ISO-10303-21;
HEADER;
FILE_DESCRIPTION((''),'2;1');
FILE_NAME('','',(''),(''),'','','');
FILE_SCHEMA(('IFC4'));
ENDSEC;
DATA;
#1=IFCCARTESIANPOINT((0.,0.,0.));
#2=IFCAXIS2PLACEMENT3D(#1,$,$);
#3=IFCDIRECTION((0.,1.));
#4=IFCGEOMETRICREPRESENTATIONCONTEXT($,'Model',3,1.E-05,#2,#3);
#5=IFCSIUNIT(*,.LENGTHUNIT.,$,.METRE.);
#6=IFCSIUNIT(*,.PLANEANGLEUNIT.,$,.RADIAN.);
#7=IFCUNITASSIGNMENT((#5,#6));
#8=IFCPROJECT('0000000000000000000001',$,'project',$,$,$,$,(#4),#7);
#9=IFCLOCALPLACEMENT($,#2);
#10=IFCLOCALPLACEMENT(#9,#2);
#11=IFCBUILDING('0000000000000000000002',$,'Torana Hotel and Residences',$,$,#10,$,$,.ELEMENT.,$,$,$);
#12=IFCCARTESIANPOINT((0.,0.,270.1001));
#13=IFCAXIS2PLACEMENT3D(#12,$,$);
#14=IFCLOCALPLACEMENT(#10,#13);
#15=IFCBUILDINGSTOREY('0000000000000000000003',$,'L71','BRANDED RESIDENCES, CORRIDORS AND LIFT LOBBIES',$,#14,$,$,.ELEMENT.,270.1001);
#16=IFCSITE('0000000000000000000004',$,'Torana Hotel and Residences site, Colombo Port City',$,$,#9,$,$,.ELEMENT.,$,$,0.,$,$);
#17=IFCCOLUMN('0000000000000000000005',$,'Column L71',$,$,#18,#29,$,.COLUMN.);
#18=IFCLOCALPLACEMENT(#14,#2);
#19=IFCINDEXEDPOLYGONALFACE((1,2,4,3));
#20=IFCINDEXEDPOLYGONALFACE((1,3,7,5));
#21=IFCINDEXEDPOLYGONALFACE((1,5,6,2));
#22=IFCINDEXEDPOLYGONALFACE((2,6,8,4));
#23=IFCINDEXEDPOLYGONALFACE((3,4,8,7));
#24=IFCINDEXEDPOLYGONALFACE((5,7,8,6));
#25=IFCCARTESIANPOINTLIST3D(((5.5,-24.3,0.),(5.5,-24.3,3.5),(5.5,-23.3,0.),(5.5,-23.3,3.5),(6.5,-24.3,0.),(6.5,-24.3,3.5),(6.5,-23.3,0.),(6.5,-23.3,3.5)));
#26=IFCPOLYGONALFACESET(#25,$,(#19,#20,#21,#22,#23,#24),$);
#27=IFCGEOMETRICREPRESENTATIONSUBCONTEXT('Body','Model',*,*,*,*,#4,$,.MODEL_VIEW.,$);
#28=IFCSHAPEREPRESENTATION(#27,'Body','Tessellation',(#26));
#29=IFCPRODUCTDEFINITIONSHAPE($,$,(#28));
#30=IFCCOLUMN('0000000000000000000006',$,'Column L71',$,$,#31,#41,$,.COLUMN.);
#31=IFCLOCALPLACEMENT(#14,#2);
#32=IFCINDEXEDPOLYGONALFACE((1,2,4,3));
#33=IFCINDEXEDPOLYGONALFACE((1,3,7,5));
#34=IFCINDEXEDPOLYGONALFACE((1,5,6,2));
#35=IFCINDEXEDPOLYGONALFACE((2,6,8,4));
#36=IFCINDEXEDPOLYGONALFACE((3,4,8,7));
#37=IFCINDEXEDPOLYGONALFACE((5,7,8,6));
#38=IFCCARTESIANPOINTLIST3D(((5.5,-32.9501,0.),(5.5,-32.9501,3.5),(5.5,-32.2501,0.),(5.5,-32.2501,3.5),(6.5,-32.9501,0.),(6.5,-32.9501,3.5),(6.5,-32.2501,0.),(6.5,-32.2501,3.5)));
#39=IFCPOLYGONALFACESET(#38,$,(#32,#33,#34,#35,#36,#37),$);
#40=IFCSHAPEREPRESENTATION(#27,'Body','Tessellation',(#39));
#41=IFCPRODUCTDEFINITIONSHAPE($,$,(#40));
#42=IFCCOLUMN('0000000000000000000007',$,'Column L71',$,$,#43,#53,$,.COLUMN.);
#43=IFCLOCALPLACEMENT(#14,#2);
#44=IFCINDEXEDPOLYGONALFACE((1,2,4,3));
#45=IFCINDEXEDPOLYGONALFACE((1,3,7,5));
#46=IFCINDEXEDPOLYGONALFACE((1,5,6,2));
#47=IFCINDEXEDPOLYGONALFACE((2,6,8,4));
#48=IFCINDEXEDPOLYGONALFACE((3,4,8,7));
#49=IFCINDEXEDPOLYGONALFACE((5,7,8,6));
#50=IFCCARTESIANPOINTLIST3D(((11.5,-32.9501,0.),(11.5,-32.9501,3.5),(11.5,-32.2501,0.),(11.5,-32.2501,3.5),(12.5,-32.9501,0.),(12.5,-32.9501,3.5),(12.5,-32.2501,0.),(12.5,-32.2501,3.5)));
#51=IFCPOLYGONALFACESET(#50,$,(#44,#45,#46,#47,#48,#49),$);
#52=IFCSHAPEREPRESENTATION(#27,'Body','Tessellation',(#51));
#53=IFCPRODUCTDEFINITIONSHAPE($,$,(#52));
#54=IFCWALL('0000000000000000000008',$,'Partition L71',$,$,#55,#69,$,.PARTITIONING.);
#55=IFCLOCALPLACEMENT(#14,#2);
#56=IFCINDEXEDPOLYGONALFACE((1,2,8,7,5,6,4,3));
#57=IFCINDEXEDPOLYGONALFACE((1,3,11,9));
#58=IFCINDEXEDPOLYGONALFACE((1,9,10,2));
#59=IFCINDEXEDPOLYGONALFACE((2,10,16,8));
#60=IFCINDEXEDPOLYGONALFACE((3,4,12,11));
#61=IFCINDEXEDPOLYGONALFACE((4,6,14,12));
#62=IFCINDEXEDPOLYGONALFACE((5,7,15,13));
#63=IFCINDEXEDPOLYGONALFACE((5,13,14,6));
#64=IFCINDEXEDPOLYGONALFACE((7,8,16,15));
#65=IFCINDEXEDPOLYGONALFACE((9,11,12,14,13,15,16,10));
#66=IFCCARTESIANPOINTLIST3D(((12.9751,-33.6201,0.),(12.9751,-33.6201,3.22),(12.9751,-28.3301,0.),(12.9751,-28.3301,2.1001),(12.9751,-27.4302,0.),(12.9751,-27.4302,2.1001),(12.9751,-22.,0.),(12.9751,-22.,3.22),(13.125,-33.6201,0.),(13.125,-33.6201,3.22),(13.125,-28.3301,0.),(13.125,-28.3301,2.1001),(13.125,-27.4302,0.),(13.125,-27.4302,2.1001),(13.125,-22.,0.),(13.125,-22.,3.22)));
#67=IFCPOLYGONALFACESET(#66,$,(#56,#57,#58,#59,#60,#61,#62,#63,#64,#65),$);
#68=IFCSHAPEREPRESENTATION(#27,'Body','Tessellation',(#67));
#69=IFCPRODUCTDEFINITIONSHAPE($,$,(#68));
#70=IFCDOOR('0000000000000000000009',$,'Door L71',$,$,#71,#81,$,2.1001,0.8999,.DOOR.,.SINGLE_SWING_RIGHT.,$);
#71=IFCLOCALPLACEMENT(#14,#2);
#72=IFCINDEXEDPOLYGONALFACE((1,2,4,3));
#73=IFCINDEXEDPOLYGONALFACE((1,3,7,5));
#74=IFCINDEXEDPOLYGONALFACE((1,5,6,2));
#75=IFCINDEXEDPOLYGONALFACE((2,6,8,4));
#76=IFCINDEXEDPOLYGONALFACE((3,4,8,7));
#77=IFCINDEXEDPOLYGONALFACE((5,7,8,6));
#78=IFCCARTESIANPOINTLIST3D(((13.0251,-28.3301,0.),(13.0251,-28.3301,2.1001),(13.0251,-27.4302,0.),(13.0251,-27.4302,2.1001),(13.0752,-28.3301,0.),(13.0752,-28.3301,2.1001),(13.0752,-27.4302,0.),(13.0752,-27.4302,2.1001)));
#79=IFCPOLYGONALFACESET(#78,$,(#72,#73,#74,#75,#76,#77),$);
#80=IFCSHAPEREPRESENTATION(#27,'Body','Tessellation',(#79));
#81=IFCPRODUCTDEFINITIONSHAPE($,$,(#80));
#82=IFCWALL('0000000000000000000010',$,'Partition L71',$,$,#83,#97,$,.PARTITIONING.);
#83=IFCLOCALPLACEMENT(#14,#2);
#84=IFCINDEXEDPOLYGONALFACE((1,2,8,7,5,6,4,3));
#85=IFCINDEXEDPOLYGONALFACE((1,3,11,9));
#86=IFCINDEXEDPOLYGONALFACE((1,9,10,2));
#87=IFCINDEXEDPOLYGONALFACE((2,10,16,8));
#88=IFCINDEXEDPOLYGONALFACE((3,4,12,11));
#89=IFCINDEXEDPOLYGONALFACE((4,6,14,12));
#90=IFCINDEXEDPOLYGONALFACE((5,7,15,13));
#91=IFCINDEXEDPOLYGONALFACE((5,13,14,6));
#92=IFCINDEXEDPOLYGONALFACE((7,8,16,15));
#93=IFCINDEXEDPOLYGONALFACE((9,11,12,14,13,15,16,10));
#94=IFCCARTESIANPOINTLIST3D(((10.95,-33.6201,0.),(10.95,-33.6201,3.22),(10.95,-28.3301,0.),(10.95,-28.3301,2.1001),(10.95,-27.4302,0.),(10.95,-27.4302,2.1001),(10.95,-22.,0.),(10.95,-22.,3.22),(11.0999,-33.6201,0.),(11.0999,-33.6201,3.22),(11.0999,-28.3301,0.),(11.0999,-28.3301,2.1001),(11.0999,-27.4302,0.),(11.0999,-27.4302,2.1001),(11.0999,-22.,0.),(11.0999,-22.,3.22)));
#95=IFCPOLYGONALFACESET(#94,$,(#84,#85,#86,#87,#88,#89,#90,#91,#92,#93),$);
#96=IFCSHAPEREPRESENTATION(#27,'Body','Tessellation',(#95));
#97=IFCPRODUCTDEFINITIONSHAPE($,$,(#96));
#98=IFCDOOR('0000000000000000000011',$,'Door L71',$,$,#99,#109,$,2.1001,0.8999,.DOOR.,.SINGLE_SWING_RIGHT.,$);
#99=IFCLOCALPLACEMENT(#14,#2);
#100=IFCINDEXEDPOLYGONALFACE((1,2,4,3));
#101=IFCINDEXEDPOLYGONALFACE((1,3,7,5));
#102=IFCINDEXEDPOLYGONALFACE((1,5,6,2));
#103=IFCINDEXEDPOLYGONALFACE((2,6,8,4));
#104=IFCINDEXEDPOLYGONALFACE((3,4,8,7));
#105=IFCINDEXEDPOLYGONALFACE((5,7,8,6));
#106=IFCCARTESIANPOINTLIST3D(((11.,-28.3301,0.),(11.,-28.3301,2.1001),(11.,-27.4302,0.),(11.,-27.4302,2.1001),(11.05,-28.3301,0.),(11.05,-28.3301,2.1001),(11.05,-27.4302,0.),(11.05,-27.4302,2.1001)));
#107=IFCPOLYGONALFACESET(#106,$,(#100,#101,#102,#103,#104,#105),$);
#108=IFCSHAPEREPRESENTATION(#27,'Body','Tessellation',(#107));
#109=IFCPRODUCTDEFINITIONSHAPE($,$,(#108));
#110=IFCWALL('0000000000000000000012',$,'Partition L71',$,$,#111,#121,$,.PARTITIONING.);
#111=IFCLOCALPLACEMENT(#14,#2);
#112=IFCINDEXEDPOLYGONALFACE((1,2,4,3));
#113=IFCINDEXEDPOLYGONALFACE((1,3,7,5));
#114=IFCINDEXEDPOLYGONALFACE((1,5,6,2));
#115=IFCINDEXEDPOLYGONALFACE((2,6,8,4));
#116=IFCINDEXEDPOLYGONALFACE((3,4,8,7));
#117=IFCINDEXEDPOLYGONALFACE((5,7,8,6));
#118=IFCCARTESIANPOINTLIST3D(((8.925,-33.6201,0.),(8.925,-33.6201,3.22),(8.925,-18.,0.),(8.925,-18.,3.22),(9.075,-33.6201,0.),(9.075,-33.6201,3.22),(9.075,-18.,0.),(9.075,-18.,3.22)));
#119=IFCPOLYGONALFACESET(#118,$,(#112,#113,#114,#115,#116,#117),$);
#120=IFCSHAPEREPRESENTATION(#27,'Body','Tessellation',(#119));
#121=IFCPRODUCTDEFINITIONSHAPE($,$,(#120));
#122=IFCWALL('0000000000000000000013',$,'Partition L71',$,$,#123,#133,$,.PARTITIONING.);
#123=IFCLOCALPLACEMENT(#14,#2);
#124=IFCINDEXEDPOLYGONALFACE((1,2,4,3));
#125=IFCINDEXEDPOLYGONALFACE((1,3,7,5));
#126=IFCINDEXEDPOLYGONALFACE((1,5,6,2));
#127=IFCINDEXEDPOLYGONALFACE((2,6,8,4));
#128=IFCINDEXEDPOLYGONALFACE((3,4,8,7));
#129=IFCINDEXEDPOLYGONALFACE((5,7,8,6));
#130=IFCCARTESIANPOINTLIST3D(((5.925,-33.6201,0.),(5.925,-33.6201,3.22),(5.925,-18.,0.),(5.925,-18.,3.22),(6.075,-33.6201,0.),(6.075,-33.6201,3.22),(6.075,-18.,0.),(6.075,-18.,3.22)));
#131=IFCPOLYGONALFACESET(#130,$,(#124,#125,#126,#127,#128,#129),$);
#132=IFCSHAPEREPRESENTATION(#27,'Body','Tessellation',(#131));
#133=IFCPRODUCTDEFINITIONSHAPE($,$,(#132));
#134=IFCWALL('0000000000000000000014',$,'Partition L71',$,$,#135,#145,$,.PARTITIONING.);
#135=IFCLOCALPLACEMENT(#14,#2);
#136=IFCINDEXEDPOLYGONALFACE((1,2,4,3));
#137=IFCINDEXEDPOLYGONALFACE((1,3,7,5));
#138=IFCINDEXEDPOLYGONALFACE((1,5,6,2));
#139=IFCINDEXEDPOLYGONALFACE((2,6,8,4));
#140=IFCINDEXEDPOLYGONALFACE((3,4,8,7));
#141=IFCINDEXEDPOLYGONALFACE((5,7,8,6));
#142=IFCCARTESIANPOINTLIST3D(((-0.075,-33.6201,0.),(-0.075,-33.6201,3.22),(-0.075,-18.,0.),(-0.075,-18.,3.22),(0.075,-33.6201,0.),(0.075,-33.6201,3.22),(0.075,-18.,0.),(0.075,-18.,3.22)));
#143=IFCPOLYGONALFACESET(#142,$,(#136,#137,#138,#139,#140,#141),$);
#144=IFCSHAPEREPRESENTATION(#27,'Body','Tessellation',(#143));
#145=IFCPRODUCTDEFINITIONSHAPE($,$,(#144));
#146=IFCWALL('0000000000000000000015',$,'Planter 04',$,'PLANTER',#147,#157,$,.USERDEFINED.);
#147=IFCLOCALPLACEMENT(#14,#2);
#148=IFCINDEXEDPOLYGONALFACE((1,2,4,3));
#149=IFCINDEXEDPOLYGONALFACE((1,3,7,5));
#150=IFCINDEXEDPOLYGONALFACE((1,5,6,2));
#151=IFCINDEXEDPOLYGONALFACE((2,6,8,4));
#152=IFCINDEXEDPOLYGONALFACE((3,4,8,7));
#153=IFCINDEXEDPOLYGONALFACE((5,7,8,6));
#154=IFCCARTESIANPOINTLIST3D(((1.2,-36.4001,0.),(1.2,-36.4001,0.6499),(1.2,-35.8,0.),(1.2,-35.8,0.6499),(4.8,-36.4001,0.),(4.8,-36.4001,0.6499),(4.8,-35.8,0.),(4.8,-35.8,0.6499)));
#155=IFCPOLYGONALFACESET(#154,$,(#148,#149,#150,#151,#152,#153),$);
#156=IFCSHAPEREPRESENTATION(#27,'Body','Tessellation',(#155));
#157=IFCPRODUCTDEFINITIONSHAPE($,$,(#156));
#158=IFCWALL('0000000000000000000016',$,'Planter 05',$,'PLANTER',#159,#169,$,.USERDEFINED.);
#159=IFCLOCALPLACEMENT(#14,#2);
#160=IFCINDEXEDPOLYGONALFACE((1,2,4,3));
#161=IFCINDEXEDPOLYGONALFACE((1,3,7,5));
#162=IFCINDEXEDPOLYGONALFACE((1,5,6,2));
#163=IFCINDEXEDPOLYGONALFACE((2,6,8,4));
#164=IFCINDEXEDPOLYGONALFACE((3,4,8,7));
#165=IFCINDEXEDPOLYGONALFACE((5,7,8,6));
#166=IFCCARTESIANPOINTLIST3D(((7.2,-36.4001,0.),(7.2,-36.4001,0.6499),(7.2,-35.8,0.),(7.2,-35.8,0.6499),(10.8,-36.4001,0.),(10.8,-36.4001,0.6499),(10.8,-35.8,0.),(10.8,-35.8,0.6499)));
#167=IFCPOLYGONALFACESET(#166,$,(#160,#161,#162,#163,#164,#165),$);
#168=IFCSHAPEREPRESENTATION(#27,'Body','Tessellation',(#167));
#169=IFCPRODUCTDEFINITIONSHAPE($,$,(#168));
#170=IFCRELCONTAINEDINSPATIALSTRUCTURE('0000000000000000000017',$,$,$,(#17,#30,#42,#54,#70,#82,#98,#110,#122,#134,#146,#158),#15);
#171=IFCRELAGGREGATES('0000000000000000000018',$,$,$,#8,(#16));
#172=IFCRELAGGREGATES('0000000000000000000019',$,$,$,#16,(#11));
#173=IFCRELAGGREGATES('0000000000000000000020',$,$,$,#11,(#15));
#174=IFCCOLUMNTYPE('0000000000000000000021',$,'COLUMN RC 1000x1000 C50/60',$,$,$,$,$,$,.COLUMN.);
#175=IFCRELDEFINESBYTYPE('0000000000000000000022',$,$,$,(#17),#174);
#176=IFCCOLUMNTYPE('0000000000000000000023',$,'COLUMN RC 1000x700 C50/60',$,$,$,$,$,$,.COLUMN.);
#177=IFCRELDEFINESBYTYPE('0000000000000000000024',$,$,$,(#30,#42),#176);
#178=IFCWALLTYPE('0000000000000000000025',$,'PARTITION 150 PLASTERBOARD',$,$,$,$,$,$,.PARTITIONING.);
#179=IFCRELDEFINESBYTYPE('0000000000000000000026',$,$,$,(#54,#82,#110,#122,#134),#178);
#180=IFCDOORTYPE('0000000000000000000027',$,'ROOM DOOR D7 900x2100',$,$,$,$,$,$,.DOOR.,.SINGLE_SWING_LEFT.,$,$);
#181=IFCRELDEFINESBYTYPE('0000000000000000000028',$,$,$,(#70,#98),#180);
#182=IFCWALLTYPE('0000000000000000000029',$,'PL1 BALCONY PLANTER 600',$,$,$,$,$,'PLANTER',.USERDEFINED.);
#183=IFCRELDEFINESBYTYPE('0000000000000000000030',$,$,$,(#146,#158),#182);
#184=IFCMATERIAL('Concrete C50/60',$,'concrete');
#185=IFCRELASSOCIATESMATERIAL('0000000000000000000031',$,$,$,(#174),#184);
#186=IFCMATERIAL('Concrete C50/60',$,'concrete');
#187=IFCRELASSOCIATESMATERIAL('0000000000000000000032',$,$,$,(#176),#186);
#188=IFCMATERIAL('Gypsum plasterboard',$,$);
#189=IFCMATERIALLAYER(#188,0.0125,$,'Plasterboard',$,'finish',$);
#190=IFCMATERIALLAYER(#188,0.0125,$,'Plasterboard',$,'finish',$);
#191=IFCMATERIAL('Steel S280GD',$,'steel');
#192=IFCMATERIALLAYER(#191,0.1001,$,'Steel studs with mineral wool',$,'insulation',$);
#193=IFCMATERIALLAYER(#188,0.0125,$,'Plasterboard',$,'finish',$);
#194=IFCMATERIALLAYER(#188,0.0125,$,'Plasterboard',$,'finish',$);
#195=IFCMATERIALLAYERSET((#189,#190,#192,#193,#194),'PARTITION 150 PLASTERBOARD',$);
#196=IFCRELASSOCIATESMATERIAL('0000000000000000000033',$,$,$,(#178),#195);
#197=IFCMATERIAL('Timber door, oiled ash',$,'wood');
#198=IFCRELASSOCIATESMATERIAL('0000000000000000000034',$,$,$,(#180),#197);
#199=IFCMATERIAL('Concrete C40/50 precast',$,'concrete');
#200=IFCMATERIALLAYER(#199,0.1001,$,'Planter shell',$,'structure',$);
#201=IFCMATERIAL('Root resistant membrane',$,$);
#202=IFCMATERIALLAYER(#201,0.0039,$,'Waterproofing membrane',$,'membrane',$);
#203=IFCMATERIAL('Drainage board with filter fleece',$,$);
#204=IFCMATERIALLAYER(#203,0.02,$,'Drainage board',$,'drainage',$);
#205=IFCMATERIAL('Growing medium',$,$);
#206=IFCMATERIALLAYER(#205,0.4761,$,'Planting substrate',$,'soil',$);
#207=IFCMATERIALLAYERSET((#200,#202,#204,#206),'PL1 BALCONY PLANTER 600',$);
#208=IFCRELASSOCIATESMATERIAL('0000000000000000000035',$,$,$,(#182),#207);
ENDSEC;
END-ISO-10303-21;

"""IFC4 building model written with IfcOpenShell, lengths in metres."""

from ifc_helpers import new_model, si_unit, direction, frame, frame_2d, origin, origin_2d, place, context, subcontext, project, spatial, rectangle, extrude, material, layer, layer_set, material_profile, profile_set, type_object, element, fill, save


model = new_model("IFC4")

# Units and contexts
model_context = context("Model", 3, precision=1e-05, world=origin(), true_north=direction((0.0, 1.0)))
body_context = subcontext(model_context, "Body", "Model", "MODEL_VIEW")
ifc_project = project(units=[si_unit("LENGTHUNIT", "METRE"), si_unit("PLANEANGLEUNIT", "RADIAN")], contexts=[model_context])

# Site, building, storey
site_placement = place(None, origin())
site = spatial("IfcSite", under=ifc_project, at=site_placement, Name="Torana Hotel and Residences site, Colombo Port City", CompositionType="ELEMENT", RefElevation=0.0)
building_placement = place(site_placement, origin())
building = spatial("IfcBuilding", under=site, at=building_placement, Name="Torana Hotel and Residences", CompositionType="ELEMENT")
storey_placement = place(building_placement, frame((0.0, 0.0, 270.1001)))
storey = spatial("IfcBuildingStorey", under=building, at=storey_placement, Name="L71", Description="BRANDED RESIDENCES, CORRIDORS AND LIFT LOBBIES", CompositionType="ELEMENT", Elevation=270.1001)

# Columns
ifc_material_1 = material(Name="Concrete C50/60", Category="concrete")
ifc_material_profile_1 = material_profile(ifc_material_1, rectangle(XDim=1.0, YDim=1.0, at=origin_2d()), Name="RC 1000x1000")
ifc_profile_set_1 = profile_set([ifc_material_profile_1], Name="Concrete C50/60")
column_type_1 = type_object("IfcColumnType", Name="COLUMN RC 1000x1000 C50/60", PredefinedType="COLUMN", material=ifc_profile_set_1)
column_placement = place(storey_placement, frame((6.0, -23.8, 0.0), z_axis=(0.0, 0.0, 1.0), x_axis=(1.0, 0.0, 0.0)))
element("IfcColumn", 1, at=column_placement, inside=storey, type_object=column_type_1, Name="Column L71", PredefinedType="COLUMN", context=body_context, shape_type="SweptSolid", body=[
    extrude(rectangle(XDim=1.0, YDim=1.0, at=origin_2d()), origin(), (0.0, 0.0, 1.0), 3.5),
])
ifc_material_2 = material(Name="Concrete C50/60", Category="concrete")
ifc_material_profile_2 = material_profile(ifc_material_2, rectangle(XDim=1.0, YDim=0.7, at=origin_2d()), Name="RC 1000x700")
ifc_profile_set_2 = profile_set([ifc_material_profile_2], Name="Concrete C50/60")
column_type_2 = type_object("IfcColumnType", Name="COLUMN RC 1000x700 C50/60", PredefinedType="COLUMN", material=ifc_profile_set_2)
for number, where, z_axis, x_axis, name in (
    (2, (6.0, -32.6001, 0.0), (0.0, 0.0, 1.0), (1.0, 0.0, 0.0), "Column L71"),
    (3, (12.0, -32.6001, 0.0), (0.0, 0.0, 1.0), (1.0, 0.0, 0.0), "Column L71"),
):
    element("IfcColumn", number, at=place(storey_placement, frame(where, z_axis=z_axis, x_axis=x_axis)), inside=storey, type_object=column_type_2, Name=name, PredefinedType="COLUMN", context=body_context, shape_type="SweptSolid", body=[
        extrude(rectangle(XDim=1.0, YDim=0.7, at=origin_2d()), origin(), (0.0, 0.0, 1.0), 3.5),
    ])

# Walls, openings, doors
ifc_material_3 = material(Name="Gypsum plasterboard")
ifc_layer_1 = layer(ifc_material_3, 0.0125, Name="Plasterboard", Category="finish")
ifc_layer_2 = layer(ifc_material_3, 0.0125, Name="Plasterboard", Category="finish")
ifc_material_4 = material(Name="Steel S280GD", Category="steel")
ifc_layer_3 = layer(ifc_material_4, 0.1001, Name="Steel studs with mineral wool", Category="insulation")
ifc_layer_4 = layer(ifc_material_3, 0.0125, Name="Plasterboard", Category="finish")
ifc_layer_5 = layer(ifc_material_3, 0.0125, Name="Plasterboard", Category="finish")
ifc_layer_set_1 = layer_set([ifc_layer_1, ifc_layer_2, ifc_layer_3, ifc_layer_4, ifc_layer_5], Name="PARTITION 150 PLASTERBOARD")
wall_type_1 = type_object("IfcWallType", Name="PARTITION 150 PLASTERBOARD", PredefinedType="PARTITIONING", material=ifc_layer_set_1)
wall_1_placement = place(storey_placement, frame((13.05, -33.6201, 0.0), z_axis=(0.0, 0.0, 1.0), x_axis=(0.0, 1.0, 0.0)))
wall_1 = element("IfcWall", 4, at=wall_1_placement, inside=storey, type_object=wall_type_1, Name="Partition L71", PredefinedType="PARTITIONING", context=body_context, shape_type="SweptSolid", body=[
    extrude(rectangle(XDim=11.6201, YDim=0.1499, at=frame_2d((5.8101, 0.0))), origin(), (0.0, 0.0, 1.0), 3.22),
])
opening_1_placement = place(wall_1_placement, frame((5.29, 0.0, 0.0)))
opening_1 = element("IfcOpeningElement", 5, at=opening_1_placement, cuts=wall_1, PredefinedType="OPENING", context=body_context, shape_type="SweptSolid", body=[
    extrude(rectangle(XDim=0.8999, YDim=2.1001, at=frame_2d((0.45, 1.05))), frame((0.0, 0.085, 0.0), z_axis=(0.0, -1.0, 0.0), x_axis=(1.0, 0.0, 0.0)), (0.0, 0.0, 1.0), 0.1699),
])
ifc_material_5 = material(Name="Timber door, oiled ash", Category="wood")
door_type = type_object("IfcDoorType", Name="ROOM DOOR D7 900x2100", OperationType="SINGLE_SWING_LEFT", PredefinedType="DOOR", material=ifc_material_5)
door_1_placement = place(opening_1_placement, origin())
door_1 = element("IfcDoor", 6, at=door_1_placement, inside=storey, type_object=door_type, Name="Door L71", OperationType="SINGLE_SWING_RIGHT", OverallHeight=2.1001, OverallWidth=0.8999, PredefinedType="DOOR", context=body_context, shape_type="SweptSolid", body=[
    extrude(rectangle(XDim=0.8999, YDim=2.1001, at=frame_2d((0.45, 1.05))), frame((0.0, 0.0249, 0.0), z_axis=(0.0, -1.0, 0.0), x_axis=(1.0, 0.0, 0.0)), (0.0, 0.0, 1.0), 0.05),
])
fill(opening_1, door_1)
wall_2_placement = place(storey_placement, frame((11.0249, -33.6201, 0.0), z_axis=(0.0, 0.0, 1.0), x_axis=(0.0, 1.0, 0.0)))
wall_2 = element("IfcWall", 7, at=wall_2_placement, inside=storey, type_object=wall_type_1, Name="Partition L71", PredefinedType="PARTITIONING", context=body_context, shape_type="SweptSolid", body=[
    extrude(rectangle(XDim=11.6201, YDim=0.1499, at=frame_2d((5.8101, 0.0))), origin(), (0.0, 0.0, 1.0), 3.22),
])
opening_2_placement = place(wall_2_placement, frame((5.29, 0.0, 0.0)))
opening_2 = element("IfcOpeningElement", 8, at=opening_2_placement, cuts=wall_2, PredefinedType="OPENING", context=body_context, shape_type="SweptSolid", body=[
    extrude(rectangle(XDim=0.8999, YDim=2.1001, at=frame_2d((0.45, 1.05))), frame((0.0, 0.085, 0.0), z_axis=(0.0, -1.0, 0.0), x_axis=(1.0, 0.0, 0.0)), (0.0, 0.0, 1.0), 0.1699),
])
door_2_placement = place(opening_2_placement, origin())
door_2 = element("IfcDoor", 9, at=door_2_placement, inside=storey, type_object=door_type, Name="Door L71", OperationType="SINGLE_SWING_RIGHT", OverallHeight=2.1001, OverallWidth=0.8999, PredefinedType="DOOR", context=body_context, shape_type="SweptSolid", body=[
    extrude(rectangle(XDim=0.8999, YDim=2.1001, at=frame_2d((0.45, 1.05))), frame((0.0, 0.0249, 0.0), z_axis=(0.0, -1.0, 0.0), x_axis=(1.0, 0.0, 0.0)), (0.0, 0.0, 1.0), 0.05),
])
fill(opening_2, door_2)

# Walls
for number, where, z_axis, x_axis, name in (
    (10, (9.0, -33.6201, 0.0), (0.0, 0.0, 1.0), (0.0, 1.0, 0.0), "Partition L71"),
    (11, (6.0, -33.6201, 0.0), (0.0, 0.0, 1.0), (0.0, 1.0, 0.0), "Partition L71"),
    (12, (0.0, -33.6201, 0.0), (0.0, 0.0, 1.0), (0.0, 1.0, 0.0), "Partition L71"),
):
    element("IfcWall", number, at=place(storey_placement, frame(where, z_axis=z_axis, x_axis=x_axis)), inside=storey, type_object=wall_type_1, Name=name, PredefinedType="PARTITIONING", context=body_context, shape_type="SweptSolid", body=[
        extrude(rectangle(XDim=15.6201, YDim=0.1499, at=frame_2d((7.8101, 0.0))), origin(), (0.0, 0.0, 1.0), 3.22),
    ])
ifc_material_6 = material(Name="Concrete C40/50 precast", Category="concrete")
ifc_layer_6 = layer(ifc_material_6, 0.1001, Name="Planter shell", Category="structure")
ifc_material_7 = material(Name="Root resistant membrane")
ifc_layer_7 = layer(ifc_material_7, 0.0039, Name="Waterproofing membrane", Category="membrane")
ifc_material_8 = material(Name="Drainage board with filter fleece")
ifc_layer_8 = layer(ifc_material_8, 0.02, Name="Drainage board", Category="drainage")
ifc_material_9 = material(Name="Growing medium")
ifc_layer_9 = layer(ifc_material_9, 0.4761, Name="Planting substrate", Category="soil")
ifc_layer_set_2 = layer_set([ifc_layer_6, ifc_layer_7, ifc_layer_8, ifc_layer_9], Name="PL1 BALCONY PLANTER 600")
wall_type_2 = type_object("IfcWallType", Name="PL1 BALCONY PLANTER 600", ElementType="PLANTER", PredefinedType="USERDEFINED", material=ifc_layer_set_2)
for number, where, z_axis, x_axis, name in (
    (13, (4.8, -36.1001, 0.0), (0.0, 0.0, 1.0), (-1.0, 0.0, 0.0), "Planter 04"),
    (14, (10.8, -36.1001, 0.0), (0.0, 0.0, 1.0), (-1.0, 0.0, 0.0), "Planter 05"),
):
    element("IfcWall", number, at=place(storey_placement, frame(where, z_axis=z_axis, x_axis=x_axis)), inside=storey, type_object=wall_type_2, Name=name, ObjectType="PLANTER", PredefinedType="USERDEFINED", context=body_context, shape_type="SweptSolid", body=[
        extrude(rectangle(XDim=3.6001, YDim=0.6001, at=frame_2d((1.8, 0.0))), origin(), (0.0, 0.0, 1.0), 0.6499),
    ])

save(model, "model.ifc")
